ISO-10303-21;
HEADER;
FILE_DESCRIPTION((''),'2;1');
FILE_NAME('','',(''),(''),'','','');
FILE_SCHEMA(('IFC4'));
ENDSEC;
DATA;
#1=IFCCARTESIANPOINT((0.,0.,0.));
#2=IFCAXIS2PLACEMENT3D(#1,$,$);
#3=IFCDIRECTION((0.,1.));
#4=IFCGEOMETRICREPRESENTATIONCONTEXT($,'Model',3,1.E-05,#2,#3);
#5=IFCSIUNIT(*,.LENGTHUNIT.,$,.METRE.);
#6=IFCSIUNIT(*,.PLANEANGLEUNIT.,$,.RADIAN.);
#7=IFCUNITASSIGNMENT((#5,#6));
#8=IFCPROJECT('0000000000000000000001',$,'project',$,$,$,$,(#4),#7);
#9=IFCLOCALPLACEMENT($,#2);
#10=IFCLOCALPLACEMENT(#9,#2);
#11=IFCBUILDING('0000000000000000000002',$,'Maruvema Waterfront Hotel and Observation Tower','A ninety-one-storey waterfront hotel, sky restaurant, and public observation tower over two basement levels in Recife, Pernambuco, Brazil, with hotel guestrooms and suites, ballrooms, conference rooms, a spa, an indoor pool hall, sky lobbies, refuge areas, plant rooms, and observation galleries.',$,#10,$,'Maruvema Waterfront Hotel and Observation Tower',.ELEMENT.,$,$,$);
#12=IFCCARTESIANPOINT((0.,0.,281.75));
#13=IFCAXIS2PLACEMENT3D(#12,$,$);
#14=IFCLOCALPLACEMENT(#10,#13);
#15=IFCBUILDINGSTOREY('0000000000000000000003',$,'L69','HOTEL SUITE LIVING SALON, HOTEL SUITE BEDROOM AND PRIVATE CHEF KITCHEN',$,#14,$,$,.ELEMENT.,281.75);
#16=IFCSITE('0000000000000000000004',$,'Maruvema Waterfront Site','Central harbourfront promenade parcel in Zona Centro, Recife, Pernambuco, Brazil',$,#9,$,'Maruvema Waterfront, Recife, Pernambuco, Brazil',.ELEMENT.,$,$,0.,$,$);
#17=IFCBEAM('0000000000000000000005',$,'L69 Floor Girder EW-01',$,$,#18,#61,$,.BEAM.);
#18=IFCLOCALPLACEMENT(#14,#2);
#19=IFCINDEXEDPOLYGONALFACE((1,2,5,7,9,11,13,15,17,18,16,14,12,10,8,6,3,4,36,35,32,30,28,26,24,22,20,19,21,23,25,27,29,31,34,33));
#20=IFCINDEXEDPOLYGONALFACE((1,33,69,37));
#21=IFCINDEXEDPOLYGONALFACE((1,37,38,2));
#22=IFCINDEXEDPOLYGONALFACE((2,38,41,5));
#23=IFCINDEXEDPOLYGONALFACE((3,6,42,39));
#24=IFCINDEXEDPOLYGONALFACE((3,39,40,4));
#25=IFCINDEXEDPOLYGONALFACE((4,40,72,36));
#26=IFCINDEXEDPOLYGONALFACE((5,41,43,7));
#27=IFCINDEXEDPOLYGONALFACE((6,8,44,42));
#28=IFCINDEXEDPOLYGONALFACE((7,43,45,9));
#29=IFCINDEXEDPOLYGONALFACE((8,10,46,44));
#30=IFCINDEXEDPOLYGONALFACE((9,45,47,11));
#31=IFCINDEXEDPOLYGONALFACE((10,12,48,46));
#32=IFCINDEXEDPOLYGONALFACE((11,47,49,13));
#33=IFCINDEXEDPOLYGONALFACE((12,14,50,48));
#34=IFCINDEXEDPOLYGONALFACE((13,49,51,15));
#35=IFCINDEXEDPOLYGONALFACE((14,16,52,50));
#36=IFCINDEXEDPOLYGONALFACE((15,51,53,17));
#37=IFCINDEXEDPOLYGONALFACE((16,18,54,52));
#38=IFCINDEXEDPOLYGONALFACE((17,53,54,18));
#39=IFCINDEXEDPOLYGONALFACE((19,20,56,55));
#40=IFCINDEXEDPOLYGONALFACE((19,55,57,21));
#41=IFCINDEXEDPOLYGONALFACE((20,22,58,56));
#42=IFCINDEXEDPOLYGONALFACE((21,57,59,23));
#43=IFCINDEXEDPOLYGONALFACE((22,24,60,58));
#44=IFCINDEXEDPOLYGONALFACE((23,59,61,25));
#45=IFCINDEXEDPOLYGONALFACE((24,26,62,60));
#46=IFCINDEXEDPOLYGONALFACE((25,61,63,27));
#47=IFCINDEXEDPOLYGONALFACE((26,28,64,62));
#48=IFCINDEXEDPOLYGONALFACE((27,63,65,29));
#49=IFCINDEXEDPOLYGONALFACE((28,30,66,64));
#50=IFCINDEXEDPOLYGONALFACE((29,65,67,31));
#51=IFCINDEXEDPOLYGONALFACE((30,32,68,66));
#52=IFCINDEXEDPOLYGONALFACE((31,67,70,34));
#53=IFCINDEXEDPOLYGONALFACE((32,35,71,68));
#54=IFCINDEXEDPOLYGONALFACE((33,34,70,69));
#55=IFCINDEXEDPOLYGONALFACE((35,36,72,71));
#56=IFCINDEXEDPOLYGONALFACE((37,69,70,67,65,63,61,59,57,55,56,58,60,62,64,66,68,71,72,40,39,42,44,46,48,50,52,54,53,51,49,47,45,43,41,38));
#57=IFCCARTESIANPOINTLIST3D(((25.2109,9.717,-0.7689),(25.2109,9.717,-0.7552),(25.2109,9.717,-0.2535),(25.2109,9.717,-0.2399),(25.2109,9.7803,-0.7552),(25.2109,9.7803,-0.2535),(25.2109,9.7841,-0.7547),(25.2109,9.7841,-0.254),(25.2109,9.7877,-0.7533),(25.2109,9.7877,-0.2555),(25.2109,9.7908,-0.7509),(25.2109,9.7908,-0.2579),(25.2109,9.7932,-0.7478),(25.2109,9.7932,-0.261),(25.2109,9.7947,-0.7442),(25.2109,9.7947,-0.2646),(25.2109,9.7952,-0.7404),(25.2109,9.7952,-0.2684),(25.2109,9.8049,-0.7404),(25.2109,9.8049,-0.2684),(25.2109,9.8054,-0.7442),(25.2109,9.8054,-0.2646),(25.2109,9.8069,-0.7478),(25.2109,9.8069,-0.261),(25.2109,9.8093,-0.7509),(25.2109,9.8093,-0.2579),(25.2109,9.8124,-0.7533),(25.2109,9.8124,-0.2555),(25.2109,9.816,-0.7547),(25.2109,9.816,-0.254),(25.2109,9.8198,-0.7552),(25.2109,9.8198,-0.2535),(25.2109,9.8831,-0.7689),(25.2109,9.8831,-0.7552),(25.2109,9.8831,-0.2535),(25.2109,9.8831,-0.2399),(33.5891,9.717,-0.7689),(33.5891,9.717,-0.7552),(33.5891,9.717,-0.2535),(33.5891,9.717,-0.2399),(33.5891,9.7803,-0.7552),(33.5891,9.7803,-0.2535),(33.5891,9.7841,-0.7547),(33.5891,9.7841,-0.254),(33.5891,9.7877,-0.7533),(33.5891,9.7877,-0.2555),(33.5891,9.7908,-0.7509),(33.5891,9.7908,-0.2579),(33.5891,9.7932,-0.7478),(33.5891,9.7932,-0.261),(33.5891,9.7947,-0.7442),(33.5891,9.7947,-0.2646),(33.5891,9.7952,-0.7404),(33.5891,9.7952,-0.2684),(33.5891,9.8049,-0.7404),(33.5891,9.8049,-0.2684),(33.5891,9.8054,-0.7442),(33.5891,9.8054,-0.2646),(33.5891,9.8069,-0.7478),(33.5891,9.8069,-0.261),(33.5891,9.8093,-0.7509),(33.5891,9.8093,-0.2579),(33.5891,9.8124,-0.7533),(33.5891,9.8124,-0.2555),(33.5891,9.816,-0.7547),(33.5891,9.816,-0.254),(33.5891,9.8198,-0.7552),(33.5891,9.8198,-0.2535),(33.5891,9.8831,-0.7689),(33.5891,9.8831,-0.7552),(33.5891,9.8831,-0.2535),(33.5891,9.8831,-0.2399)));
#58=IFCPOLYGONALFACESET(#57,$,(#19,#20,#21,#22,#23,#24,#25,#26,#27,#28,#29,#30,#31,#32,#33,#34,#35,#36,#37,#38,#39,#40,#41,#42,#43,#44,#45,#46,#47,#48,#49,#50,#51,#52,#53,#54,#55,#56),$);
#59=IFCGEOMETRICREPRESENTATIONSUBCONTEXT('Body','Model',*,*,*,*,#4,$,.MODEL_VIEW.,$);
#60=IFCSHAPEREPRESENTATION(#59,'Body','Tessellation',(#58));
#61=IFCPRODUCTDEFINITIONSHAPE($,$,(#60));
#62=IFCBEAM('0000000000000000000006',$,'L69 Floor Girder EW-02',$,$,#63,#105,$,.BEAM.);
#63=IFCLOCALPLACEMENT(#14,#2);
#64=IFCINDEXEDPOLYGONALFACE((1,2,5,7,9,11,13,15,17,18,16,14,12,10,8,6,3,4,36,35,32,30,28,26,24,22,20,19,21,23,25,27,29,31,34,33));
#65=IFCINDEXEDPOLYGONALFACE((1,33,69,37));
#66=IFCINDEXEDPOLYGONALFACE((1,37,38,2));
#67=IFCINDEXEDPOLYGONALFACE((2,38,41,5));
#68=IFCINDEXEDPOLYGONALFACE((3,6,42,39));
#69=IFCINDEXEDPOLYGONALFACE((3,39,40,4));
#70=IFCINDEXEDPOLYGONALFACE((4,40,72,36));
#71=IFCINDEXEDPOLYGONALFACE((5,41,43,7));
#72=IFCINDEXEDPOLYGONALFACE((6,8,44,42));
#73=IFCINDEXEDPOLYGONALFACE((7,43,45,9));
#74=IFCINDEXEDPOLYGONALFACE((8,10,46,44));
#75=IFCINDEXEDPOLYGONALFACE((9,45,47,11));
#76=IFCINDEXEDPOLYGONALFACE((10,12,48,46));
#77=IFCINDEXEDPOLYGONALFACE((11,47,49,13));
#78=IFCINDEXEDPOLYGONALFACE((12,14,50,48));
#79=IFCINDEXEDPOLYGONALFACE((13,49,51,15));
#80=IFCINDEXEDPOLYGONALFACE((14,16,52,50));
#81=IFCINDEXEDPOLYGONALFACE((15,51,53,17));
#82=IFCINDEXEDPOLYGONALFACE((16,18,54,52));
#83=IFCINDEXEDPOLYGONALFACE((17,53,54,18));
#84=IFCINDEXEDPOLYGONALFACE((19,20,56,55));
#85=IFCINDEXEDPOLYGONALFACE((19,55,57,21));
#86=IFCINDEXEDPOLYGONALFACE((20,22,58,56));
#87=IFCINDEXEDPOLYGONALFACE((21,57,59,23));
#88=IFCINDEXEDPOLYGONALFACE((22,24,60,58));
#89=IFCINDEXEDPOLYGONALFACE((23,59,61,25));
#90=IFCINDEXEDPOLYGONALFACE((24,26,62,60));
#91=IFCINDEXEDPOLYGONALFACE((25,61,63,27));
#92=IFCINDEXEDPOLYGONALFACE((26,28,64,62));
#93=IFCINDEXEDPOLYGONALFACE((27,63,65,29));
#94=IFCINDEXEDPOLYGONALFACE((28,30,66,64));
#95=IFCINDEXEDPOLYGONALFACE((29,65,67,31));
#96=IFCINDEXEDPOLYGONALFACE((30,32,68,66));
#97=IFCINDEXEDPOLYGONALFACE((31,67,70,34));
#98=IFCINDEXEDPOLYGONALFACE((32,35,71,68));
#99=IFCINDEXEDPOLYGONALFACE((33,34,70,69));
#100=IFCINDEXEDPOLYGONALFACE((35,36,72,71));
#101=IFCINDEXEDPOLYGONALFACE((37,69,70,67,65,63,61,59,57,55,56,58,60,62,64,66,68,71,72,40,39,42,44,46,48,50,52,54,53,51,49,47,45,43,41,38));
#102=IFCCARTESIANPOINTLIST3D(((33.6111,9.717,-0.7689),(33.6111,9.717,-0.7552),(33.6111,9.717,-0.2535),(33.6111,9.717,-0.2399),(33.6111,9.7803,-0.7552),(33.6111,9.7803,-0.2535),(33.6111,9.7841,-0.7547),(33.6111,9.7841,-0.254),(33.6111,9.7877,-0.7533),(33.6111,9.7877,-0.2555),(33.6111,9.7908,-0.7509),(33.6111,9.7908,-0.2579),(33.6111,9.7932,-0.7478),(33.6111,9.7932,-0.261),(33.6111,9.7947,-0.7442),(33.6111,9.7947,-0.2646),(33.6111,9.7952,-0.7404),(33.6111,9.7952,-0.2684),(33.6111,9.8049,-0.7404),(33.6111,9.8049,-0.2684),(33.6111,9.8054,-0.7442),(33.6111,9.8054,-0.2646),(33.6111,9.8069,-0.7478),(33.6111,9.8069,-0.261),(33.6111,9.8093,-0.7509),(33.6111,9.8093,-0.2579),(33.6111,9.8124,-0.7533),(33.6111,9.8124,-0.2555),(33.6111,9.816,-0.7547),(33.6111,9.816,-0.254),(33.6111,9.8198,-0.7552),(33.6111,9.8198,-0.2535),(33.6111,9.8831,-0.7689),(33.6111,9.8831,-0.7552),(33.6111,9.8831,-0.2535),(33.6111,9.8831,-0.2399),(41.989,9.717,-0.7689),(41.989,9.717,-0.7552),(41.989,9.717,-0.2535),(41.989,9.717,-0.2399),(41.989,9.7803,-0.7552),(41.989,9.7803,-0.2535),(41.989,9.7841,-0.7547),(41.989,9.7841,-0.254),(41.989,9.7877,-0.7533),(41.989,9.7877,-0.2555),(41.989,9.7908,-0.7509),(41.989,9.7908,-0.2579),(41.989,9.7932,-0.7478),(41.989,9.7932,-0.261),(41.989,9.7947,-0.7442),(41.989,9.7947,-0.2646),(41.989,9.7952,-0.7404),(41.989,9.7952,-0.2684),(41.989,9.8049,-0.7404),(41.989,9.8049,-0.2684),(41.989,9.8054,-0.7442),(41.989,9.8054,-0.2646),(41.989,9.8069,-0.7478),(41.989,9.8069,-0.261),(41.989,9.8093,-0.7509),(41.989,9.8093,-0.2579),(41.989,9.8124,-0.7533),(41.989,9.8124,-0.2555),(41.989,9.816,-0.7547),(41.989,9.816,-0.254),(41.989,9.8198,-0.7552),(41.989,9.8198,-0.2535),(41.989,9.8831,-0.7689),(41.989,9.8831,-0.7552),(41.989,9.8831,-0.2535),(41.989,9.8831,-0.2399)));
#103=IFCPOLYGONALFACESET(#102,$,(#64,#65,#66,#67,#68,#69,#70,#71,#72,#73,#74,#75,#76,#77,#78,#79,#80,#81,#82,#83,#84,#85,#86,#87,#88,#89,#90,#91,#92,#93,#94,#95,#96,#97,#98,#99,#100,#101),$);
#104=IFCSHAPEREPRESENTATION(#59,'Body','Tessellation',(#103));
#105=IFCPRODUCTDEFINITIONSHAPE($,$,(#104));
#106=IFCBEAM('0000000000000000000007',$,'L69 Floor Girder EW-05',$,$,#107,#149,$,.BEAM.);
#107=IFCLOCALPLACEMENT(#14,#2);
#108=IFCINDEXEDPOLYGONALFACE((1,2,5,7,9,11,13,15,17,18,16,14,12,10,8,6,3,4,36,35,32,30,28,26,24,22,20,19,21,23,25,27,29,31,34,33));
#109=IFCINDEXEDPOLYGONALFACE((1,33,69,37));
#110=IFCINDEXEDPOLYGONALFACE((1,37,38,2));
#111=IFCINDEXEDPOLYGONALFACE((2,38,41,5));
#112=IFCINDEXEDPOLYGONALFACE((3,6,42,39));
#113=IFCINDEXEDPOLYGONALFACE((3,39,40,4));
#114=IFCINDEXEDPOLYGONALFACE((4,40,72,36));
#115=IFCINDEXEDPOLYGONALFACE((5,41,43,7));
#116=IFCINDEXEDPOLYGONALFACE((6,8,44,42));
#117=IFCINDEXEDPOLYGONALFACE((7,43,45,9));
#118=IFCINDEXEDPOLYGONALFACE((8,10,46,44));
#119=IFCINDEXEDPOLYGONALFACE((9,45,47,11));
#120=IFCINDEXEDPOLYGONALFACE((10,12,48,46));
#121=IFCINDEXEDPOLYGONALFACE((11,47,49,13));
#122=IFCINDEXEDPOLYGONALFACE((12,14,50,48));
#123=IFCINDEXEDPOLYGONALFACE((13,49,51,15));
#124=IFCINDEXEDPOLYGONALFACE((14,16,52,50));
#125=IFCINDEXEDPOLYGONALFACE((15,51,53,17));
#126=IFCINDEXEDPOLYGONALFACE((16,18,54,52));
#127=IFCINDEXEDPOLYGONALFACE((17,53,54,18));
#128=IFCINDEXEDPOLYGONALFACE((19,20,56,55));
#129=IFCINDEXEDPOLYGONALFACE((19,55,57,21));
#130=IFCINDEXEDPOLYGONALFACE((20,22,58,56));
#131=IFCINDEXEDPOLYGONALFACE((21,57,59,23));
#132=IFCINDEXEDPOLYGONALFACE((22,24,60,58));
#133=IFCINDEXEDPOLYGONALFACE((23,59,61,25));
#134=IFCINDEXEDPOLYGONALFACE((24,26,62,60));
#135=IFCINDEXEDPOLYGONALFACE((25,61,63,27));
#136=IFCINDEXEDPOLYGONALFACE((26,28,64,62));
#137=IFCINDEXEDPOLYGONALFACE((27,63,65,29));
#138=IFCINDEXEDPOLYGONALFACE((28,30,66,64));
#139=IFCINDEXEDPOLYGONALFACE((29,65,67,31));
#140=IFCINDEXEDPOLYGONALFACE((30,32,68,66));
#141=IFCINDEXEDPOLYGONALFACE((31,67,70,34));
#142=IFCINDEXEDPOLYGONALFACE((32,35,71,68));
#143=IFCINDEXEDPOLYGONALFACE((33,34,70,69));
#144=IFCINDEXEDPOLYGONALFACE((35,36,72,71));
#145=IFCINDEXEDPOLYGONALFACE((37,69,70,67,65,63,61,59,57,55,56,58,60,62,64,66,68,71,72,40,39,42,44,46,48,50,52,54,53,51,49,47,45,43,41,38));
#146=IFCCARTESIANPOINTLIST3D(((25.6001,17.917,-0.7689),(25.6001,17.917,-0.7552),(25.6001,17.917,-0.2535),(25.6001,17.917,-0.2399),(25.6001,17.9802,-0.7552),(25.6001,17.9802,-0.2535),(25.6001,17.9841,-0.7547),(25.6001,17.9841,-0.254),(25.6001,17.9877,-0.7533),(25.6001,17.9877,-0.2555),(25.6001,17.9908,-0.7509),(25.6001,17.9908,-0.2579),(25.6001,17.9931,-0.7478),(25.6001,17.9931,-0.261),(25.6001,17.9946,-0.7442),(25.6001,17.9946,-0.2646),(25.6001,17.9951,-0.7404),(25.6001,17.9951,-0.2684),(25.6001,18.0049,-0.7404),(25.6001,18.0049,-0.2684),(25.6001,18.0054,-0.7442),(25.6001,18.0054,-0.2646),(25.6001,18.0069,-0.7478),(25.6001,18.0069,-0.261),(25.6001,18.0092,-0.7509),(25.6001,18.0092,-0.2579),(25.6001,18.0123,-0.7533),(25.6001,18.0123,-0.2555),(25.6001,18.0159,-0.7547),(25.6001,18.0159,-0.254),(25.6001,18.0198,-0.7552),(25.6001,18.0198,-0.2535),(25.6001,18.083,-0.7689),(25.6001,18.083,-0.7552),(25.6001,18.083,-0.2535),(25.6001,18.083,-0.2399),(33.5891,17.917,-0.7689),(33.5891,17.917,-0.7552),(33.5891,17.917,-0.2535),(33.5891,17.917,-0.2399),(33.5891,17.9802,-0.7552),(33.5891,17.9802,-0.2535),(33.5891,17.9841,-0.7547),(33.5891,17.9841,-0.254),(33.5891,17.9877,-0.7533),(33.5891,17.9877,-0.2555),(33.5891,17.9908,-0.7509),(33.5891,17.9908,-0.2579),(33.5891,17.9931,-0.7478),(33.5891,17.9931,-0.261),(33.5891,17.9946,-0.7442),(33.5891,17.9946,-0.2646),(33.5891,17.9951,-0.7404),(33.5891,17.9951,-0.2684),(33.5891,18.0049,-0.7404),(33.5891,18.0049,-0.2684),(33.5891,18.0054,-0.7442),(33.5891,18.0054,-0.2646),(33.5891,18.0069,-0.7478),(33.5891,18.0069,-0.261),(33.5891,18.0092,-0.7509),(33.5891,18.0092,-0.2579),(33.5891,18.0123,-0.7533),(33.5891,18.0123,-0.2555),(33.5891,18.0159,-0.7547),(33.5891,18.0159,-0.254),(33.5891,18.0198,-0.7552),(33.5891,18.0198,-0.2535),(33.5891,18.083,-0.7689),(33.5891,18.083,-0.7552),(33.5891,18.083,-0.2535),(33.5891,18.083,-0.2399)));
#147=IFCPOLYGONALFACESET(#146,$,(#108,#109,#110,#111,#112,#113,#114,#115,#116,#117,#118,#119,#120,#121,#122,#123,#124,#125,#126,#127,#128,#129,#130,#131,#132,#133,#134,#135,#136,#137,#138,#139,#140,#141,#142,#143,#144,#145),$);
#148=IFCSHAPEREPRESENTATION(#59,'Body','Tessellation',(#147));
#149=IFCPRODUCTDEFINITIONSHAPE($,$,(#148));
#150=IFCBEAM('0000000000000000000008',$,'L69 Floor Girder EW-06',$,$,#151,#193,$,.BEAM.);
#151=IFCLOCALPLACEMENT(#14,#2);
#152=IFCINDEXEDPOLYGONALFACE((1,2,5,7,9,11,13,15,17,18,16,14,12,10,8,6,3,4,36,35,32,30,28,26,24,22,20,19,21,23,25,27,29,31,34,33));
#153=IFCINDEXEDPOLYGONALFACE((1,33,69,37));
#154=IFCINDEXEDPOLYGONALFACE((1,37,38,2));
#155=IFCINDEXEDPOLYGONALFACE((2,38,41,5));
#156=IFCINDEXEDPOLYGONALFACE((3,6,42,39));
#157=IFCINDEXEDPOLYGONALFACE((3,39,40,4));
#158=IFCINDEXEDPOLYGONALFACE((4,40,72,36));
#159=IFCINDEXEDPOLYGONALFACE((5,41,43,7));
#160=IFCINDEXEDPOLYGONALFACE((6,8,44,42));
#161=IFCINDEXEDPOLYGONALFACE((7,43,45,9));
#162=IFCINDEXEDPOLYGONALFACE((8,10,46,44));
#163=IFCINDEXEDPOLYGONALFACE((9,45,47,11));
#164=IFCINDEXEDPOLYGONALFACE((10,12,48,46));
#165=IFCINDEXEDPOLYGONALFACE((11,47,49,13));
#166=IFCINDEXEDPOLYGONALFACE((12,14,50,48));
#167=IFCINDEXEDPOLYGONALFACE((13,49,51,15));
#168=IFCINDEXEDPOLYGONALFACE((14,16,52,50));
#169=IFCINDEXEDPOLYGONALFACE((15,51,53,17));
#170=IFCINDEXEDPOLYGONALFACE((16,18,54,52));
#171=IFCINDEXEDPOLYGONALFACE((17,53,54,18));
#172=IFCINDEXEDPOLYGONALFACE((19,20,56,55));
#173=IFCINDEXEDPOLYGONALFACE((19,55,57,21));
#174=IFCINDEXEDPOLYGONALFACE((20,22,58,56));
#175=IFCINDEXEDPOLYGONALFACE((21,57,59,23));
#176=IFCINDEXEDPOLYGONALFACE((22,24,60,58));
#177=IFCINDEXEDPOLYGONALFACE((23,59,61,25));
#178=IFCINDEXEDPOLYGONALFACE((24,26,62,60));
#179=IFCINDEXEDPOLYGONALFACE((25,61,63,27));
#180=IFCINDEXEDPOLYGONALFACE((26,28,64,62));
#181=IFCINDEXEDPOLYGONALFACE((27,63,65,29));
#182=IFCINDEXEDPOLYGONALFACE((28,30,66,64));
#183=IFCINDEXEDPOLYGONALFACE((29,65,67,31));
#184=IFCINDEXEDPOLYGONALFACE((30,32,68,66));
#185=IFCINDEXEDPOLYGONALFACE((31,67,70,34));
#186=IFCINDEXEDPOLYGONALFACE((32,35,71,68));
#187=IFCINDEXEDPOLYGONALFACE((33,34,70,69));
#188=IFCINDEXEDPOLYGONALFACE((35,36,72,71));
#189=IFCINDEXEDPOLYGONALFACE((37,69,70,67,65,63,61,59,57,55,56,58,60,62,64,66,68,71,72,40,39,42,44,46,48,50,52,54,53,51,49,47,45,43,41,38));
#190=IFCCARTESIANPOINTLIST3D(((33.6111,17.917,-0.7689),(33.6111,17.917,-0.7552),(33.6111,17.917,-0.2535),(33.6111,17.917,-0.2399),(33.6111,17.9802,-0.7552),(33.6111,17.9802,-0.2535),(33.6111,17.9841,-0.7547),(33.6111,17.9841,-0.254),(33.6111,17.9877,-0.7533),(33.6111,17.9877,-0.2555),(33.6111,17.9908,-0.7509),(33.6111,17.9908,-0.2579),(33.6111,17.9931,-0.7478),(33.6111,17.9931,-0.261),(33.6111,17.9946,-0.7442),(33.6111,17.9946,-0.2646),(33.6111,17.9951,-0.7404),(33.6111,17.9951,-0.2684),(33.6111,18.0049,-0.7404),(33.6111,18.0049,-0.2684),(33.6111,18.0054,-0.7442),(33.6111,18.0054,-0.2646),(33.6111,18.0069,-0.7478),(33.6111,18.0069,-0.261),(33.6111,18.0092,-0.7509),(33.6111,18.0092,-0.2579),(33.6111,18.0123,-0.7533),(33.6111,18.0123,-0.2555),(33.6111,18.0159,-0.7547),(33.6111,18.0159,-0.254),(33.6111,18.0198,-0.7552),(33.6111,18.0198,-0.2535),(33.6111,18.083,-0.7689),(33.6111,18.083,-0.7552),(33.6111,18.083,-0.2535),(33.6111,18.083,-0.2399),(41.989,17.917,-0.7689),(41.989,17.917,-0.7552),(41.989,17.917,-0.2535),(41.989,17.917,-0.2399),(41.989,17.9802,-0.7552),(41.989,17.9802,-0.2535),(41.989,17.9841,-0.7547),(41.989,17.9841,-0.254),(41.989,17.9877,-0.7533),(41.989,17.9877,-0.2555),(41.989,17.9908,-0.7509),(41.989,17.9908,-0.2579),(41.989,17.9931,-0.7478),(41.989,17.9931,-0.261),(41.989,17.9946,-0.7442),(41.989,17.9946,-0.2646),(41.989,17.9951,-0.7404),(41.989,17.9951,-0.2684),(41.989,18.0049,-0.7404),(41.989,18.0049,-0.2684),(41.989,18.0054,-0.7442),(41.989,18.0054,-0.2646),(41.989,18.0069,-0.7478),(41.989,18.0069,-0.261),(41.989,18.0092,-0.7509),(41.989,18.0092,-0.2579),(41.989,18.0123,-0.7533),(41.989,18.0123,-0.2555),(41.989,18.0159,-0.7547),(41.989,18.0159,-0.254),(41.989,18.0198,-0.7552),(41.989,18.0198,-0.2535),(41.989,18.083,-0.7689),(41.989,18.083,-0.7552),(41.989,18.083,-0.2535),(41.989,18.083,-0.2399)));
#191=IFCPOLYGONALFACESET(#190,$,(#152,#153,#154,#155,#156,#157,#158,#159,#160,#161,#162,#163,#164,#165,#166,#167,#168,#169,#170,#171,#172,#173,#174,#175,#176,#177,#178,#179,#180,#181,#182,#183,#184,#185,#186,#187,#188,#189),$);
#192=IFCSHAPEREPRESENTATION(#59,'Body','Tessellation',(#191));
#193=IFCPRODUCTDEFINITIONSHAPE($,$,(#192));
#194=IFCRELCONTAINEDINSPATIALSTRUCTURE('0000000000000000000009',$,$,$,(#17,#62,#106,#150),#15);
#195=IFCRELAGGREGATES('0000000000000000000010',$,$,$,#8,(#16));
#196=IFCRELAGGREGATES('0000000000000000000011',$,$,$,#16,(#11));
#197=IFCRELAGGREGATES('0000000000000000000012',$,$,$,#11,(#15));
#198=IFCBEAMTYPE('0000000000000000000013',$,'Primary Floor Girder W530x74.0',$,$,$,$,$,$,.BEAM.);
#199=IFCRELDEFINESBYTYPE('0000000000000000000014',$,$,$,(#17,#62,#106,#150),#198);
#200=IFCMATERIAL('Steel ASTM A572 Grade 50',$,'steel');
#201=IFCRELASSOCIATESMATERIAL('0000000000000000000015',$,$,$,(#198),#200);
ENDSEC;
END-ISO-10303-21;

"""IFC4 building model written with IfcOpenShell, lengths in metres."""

from ifc_helpers import new_model, si_unit, direction, frame, origin, origin_2d, place, context, subcontext, project, spatial, i_section, extrude, material, material_profile, profile_set, type_object, element, save


model = new_model("IFC4")

# Units and contexts
model_context = context("Model", 3, precision=1e-05, world=origin(), true_north=direction((0.0, 1.0)))
body_context = subcontext(model_context, "Body", "Model", "MODEL_VIEW")
ifc_project = project(units=[si_unit("LENGTHUNIT", "METRE"), si_unit("PLANEANGLEUNIT", "RADIAN")], contexts=[model_context])

# Site, building, storey
site_placement = place(None, origin())
site = spatial("IfcSite", under=ifc_project, at=site_placement, Name="Maruvema Waterfront Site", Description="Central harbourfront promenade parcel in Zona Centro, Recife, Pernambuco, Brazil", LongName="Maruvema Waterfront, Recife, Pernambuco, Brazil", CompositionType="ELEMENT", RefElevation=0.0)
building_placement = place(site_placement, origin())
building = spatial("IfcBuilding", under=site, at=building_placement, Name="Maruvema Waterfront Hotel and Observation Tower", Description="A ninety-one-storey waterfront hotel, sky restaurant, and public observation tower over two basement levels in Recife, Pernambuco, Brazil, with hotel guestrooms and suites, ballrooms, conference rooms, a spa, an indoor pool hall, sky lobbies, refuge areas, plant rooms, and observation galleries.", LongName="Maruvema Waterfront Hotel and Observation Tower", CompositionType="ELEMENT")
storey_placement = place(building_placement, frame((0.0, 0.0, 281.75)))
storey = spatial("IfcBuildingStorey", under=building, at=storey_placement, Name="L69", Description="HOTEL SUITE LIVING SALON, HOTEL SUITE BEDROOM AND PRIVATE CHEF KITCHEN", CompositionType="ELEMENT", Elevation=281.75)

# Beams
ifc_material_1 = material(Name="Steel ASTM A572 Grade 50", Category="steel")
ifc_material_profile_1 = material_profile(ifc_material_1, i_section(OverallWidth=0.166, OverallDepth=0.5291, WebThickness=0.0098, FlangeThickness=0.0137, FilletRadius=0.0149, at=origin_2d()), Name="W530x74.0")
ifc_profile_set_1 = profile_set([ifc_material_profile_1], Name="Steel ASTM A572 Grade 50")
beam_type_1 = type_object("IfcBeamType", Name="Primary Floor Girder W530x74.0", PredefinedType="BEAM", material=ifc_profile_set_1)
beam_1_placement = place(storey_placement, frame((25.2109, 9.8, -0.5044), z_axis=(1.0, 0.0, 0.0), x_axis=(0.0, 1.0, 0.0)))
element("IfcBeam", 1, at=beam_1_placement, inside=storey, type_object=beam_type_1, Name="L69 Floor Girder EW-01", PredefinedType="BEAM", context=body_context, shape_type="SweptSolid", body=[
    extrude(i_section(OverallWidth=0.166, OverallDepth=0.5291, WebThickness=0.0098, FlangeThickness=0.0137, FilletRadius=0.0149, at=origin_2d()), origin(), (0.0, 0.0, 1.0), 8.3782),
])
beam_2_placement = place(storey_placement, frame((33.6111, 9.8, -0.5044), z_axis=(1.0, 0.0, 0.0), x_axis=(0.0, 1.0, 0.0)))
element("IfcBeam", 2, at=beam_2_placement, inside=storey, type_object=beam_type_1, Name="L69 Floor Girder EW-02", PredefinedType="BEAM", context=body_context, shape_type="SweptSolid", body=[
    extrude(i_section(OverallWidth=0.166, OverallDepth=0.5291, WebThickness=0.0098, FlangeThickness=0.0137, FilletRadius=0.0149, at=origin_2d()), origin(), (0.0, 0.0, 1.0), 8.3779),
])
beam_3_placement = place(storey_placement, frame((25.6001, 18.0, -0.5044), z_axis=(1.0, 0.0, 0.0), x_axis=(0.0, 1.0, 0.0)))
element("IfcBeam", 3, at=beam_3_placement, inside=storey, type_object=beam_type_1, Name="L69 Floor Girder EW-05", PredefinedType="BEAM", context=body_context, shape_type="SweptSolid", body=[
    extrude(i_section(OverallWidth=0.166, OverallDepth=0.5291, WebThickness=0.0098, FlangeThickness=0.0137, FilletRadius=0.0149, at=origin_2d()), origin(), (0.0, 0.0, 1.0), 7.989),
])
beam_4_placement = place(storey_placement, frame((33.6111, 18.0, -0.5044), z_axis=(1.0, 0.0, 0.0), x_axis=(0.0, 1.0, 0.0)))
element("IfcBeam", 4, at=beam_4_placement, inside=storey, type_object=beam_type_1, Name="L69 Floor Girder EW-06", PredefinedType="BEAM", context=body_context, shape_type="SweptSolid", body=[
    extrude(i_section(OverallWidth=0.166, OverallDepth=0.5291, WebThickness=0.0098, FlangeThickness=0.0137, FilletRadius=0.0149, at=origin_2d()), origin(), (0.0, 0.0, 1.0), 8.3779),
])

save(model, "model.ifc")
